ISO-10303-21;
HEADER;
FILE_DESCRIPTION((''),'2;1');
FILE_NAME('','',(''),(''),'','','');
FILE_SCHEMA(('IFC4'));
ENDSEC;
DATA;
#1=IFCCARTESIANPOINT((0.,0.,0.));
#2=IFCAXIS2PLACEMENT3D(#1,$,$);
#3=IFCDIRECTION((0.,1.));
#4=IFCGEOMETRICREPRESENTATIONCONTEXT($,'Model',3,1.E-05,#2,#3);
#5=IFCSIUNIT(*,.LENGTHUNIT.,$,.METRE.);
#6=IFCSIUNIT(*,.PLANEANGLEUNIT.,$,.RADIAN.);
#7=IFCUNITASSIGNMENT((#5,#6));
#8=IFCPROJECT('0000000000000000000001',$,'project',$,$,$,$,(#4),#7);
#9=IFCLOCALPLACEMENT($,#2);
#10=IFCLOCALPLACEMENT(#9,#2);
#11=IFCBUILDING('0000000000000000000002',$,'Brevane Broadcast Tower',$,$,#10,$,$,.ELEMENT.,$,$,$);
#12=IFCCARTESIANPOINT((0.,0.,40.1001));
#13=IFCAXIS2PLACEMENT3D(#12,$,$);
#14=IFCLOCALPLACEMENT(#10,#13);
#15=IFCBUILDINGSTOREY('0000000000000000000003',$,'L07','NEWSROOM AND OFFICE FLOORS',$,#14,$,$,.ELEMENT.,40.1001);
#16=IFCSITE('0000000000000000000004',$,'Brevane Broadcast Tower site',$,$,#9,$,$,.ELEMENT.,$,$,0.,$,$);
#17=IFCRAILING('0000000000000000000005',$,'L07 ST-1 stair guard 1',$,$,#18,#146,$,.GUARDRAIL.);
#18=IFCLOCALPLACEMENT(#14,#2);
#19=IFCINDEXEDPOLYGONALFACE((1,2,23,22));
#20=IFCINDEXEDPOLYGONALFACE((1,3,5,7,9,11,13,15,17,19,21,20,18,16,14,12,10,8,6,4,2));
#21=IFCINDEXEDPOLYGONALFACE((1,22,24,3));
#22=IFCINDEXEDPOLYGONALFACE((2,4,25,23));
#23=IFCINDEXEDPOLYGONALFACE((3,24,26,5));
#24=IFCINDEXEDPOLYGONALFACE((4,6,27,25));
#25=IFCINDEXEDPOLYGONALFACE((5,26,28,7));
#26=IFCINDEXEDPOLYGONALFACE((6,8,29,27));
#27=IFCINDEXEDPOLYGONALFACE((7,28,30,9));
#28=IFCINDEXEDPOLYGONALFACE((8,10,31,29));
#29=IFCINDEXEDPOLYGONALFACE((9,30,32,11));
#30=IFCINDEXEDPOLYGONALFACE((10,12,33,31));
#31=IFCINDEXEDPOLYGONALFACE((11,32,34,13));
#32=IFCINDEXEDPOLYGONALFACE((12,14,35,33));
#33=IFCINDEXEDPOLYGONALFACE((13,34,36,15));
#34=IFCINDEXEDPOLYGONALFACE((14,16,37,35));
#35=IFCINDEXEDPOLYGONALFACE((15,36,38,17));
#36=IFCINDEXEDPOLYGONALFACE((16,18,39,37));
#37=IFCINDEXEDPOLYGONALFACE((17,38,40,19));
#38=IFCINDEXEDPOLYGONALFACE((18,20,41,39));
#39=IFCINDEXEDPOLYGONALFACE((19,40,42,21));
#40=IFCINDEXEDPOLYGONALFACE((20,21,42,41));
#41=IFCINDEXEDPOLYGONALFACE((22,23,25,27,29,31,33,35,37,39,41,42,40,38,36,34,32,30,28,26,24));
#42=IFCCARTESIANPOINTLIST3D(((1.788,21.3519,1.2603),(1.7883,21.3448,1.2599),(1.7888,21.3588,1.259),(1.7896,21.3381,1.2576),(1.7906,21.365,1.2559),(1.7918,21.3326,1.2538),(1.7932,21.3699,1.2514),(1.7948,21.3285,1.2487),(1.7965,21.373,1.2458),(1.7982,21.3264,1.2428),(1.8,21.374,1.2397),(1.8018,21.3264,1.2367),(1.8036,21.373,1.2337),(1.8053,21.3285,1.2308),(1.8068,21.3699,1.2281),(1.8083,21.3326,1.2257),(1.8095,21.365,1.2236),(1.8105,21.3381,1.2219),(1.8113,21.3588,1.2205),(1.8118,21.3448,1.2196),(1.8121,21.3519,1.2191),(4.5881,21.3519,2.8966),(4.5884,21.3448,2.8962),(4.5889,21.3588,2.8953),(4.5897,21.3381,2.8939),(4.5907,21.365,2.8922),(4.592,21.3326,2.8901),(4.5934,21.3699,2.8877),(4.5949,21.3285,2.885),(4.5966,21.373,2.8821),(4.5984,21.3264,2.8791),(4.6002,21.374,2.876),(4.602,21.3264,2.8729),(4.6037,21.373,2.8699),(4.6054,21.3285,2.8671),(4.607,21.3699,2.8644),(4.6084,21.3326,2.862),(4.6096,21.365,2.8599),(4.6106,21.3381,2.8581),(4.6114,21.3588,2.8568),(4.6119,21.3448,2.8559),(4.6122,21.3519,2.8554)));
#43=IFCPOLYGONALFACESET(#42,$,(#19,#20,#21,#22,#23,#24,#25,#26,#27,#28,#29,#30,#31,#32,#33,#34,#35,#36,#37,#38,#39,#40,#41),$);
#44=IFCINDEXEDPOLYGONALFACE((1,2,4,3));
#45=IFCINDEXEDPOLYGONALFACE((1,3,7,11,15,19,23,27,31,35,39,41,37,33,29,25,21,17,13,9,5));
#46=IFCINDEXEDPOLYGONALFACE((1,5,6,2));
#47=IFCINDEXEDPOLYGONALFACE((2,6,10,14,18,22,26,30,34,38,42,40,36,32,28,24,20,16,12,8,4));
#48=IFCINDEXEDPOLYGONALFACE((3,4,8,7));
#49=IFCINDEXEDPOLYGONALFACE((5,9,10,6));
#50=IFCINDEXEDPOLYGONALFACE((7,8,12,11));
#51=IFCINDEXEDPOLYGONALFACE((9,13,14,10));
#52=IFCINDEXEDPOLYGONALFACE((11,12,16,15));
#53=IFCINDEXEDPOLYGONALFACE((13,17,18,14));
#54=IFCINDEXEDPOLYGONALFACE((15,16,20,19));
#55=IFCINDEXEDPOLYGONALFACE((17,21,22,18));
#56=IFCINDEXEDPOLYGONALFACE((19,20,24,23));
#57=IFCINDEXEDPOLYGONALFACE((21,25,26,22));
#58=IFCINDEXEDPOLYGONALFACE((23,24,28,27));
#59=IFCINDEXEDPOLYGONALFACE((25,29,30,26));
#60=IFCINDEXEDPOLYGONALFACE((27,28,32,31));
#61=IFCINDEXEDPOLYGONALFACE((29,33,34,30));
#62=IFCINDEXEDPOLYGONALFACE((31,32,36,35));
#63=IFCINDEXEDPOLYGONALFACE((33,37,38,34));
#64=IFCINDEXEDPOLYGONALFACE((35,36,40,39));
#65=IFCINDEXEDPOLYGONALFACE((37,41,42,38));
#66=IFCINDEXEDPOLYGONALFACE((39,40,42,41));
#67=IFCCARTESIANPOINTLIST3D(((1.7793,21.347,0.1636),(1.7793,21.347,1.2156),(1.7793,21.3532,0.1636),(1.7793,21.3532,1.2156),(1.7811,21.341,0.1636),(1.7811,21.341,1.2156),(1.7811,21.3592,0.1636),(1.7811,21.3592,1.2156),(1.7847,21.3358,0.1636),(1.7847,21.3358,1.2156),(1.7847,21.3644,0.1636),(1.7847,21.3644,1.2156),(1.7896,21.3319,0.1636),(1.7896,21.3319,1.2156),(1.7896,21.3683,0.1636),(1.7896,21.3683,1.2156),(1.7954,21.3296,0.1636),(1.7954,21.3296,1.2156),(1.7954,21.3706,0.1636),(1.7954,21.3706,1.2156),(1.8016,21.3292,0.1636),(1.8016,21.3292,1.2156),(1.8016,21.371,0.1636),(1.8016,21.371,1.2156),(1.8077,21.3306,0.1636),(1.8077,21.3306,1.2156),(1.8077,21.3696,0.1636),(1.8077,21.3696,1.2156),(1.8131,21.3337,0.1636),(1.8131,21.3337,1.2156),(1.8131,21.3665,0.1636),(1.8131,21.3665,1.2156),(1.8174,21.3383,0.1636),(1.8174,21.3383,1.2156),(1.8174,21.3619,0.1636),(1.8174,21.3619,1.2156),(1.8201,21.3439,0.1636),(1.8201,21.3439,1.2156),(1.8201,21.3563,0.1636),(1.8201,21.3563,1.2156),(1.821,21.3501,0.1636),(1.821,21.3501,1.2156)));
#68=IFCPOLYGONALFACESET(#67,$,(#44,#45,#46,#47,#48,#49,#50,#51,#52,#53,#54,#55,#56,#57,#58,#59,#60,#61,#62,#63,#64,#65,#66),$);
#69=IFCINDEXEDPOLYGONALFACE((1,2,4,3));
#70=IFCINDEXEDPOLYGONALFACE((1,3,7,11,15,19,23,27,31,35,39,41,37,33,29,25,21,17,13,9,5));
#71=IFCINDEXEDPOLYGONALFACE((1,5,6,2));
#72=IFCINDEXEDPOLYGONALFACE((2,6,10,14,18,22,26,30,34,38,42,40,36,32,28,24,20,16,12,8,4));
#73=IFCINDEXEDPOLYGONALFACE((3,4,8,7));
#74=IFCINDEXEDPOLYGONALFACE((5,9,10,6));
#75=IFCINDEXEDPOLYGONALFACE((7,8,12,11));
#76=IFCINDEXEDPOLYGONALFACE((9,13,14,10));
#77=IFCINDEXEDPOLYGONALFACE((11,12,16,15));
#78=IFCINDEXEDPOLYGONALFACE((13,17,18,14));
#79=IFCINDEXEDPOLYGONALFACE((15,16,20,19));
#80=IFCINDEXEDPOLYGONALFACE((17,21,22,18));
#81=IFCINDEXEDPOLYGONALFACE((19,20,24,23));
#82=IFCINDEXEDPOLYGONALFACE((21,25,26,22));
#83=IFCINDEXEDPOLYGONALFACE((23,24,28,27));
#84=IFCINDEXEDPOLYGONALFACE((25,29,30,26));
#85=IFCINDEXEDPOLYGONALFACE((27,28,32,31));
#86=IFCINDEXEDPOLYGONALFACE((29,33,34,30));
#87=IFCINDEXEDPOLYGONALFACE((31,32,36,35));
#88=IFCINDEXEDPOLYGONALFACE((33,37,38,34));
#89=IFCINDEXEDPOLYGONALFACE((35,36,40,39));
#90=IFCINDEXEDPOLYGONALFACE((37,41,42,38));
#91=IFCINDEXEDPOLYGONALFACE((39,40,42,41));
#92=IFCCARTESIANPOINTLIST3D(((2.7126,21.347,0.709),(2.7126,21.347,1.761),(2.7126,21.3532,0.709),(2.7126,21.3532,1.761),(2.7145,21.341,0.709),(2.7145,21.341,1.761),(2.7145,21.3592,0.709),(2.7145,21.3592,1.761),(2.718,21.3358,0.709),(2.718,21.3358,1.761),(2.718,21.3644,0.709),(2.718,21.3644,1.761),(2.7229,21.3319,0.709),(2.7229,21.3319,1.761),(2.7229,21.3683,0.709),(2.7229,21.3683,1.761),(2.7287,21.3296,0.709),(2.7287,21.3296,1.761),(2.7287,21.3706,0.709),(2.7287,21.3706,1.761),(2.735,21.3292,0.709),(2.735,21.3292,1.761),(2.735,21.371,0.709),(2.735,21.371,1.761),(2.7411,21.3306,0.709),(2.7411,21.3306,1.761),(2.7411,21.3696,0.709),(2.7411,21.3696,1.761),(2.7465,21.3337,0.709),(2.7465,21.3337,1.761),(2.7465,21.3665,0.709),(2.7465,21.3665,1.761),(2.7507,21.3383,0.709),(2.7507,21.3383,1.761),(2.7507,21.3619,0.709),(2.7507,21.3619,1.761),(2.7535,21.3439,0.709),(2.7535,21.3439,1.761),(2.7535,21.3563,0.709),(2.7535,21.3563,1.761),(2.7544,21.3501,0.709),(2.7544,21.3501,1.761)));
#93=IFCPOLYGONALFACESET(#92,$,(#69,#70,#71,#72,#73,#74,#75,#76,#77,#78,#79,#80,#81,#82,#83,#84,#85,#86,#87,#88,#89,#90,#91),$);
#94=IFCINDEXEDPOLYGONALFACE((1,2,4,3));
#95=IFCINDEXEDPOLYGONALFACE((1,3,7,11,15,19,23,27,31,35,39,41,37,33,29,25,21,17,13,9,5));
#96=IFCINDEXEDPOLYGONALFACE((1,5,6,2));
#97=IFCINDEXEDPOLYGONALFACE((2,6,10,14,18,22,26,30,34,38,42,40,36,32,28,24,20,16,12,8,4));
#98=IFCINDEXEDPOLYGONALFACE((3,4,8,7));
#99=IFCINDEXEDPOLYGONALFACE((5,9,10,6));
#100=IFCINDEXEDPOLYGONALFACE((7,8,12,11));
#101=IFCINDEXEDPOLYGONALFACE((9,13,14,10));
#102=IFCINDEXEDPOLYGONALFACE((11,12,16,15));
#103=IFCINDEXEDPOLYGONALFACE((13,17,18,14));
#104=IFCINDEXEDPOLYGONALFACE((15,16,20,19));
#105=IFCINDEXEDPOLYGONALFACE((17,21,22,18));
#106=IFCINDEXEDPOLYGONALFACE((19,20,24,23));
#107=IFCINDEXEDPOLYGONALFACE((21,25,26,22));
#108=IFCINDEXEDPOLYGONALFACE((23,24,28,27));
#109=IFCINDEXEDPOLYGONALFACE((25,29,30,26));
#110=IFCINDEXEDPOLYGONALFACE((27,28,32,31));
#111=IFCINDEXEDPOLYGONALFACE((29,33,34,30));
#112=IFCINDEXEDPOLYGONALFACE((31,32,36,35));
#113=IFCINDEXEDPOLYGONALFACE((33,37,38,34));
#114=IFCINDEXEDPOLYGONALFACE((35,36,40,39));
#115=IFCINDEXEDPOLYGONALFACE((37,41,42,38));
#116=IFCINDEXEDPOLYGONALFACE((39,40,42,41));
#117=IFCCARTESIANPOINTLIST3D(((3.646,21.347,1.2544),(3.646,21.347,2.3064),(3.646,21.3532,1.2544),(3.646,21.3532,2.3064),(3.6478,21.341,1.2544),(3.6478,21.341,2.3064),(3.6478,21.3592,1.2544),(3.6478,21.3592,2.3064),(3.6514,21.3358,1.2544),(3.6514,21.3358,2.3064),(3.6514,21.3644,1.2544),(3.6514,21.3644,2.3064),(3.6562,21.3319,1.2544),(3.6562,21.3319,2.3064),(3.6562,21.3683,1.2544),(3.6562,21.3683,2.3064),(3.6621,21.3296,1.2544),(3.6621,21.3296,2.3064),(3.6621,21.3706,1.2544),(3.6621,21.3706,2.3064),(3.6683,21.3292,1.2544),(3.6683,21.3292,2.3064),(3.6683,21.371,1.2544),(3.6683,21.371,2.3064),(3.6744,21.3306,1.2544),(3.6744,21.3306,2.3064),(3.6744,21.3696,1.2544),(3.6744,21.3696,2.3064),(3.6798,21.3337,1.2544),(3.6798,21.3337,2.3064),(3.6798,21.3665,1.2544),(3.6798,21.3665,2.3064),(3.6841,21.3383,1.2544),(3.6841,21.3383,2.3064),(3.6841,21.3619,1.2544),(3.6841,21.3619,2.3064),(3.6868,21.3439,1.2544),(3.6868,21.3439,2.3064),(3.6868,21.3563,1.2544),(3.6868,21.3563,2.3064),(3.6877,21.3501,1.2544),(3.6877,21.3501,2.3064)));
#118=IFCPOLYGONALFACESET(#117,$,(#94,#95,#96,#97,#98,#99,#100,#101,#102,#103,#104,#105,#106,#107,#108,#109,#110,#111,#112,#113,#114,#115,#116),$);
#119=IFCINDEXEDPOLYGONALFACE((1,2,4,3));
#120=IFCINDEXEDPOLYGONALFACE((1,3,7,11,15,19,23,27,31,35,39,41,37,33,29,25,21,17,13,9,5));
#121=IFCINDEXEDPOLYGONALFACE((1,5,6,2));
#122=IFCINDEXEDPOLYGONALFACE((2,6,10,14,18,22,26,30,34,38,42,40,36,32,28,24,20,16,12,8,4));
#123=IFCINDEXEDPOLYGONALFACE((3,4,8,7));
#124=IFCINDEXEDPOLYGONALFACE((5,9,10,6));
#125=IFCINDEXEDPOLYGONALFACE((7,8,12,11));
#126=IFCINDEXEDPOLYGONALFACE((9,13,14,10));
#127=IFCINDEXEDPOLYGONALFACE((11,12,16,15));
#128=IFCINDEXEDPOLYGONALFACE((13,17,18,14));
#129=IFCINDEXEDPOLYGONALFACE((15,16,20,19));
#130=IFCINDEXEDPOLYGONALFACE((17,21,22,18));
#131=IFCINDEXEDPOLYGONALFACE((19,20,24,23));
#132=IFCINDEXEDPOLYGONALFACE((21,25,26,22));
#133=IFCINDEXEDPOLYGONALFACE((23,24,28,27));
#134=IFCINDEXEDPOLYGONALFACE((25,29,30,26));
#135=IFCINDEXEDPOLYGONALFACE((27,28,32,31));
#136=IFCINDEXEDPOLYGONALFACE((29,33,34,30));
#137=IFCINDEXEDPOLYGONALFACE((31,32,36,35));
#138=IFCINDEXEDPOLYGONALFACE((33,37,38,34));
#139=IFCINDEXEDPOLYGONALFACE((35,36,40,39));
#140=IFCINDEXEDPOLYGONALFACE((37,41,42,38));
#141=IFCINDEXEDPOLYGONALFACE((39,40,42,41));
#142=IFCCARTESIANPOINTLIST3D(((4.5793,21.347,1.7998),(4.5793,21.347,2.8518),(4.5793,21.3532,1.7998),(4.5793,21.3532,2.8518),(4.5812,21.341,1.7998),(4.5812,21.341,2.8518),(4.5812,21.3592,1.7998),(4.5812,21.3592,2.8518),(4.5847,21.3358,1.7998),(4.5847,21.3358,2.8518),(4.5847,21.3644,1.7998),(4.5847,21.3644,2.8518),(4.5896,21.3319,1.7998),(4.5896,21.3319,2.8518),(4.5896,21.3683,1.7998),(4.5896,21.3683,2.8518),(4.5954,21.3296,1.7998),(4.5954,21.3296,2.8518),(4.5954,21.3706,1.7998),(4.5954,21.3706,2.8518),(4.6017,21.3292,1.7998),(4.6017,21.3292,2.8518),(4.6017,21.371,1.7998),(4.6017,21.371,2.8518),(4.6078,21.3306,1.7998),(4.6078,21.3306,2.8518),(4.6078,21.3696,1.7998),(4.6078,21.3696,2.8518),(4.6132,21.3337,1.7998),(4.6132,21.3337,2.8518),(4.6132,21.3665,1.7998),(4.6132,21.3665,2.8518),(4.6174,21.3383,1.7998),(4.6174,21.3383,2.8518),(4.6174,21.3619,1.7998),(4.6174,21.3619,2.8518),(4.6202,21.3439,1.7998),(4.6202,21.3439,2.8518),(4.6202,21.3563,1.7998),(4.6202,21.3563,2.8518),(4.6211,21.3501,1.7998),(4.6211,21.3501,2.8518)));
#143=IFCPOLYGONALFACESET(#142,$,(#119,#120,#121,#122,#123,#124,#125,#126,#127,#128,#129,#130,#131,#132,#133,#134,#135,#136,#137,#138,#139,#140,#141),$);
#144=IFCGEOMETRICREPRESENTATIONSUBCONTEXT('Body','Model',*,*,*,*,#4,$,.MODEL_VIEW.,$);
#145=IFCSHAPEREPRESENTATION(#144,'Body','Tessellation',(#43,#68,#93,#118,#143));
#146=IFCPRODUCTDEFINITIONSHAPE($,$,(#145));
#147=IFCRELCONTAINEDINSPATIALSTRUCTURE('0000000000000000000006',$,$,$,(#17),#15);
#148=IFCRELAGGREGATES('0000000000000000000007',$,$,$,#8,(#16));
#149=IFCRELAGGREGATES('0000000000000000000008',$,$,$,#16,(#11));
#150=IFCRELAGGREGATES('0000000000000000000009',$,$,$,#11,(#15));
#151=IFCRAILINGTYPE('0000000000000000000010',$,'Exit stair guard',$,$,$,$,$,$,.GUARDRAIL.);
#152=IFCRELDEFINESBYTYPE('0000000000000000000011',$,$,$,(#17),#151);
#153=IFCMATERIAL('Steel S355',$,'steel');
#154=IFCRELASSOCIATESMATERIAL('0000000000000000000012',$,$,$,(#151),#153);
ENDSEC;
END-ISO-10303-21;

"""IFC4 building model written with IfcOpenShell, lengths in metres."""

from ifc_helpers import new_model, si_unit, direction, frame, origin, origin_2d, place, context, subcontext, project, spatial, circle, extrude, material, type_object, element, save


model = new_model("IFC4")

# Units and contexts
model_context = context("Model", 3, precision=1e-05, world=origin(), true_north=direction((0.0, 1.0)))
body_context = subcontext(model_context, "Body", "Model", "MODEL_VIEW")
ifc_project = project(units=[si_unit("LENGTHUNIT", "METRE"), si_unit("PLANEANGLEUNIT", "RADIAN")], contexts=[model_context])

# Site, building, storey
site_placement = place(None, origin())
site = spatial("IfcSite", under=ifc_project, at=site_placement, Name="Brevane Broadcast Tower site", CompositionType="ELEMENT", RefElevation=0.0)
building_placement = place(site_placement, origin())
building = spatial("IfcBuilding", under=site, at=building_placement, Name="Brevane Broadcast Tower", CompositionType="ELEMENT")
storey_placement = place(building_placement, frame((0.0, 0.0, 40.1001)))
storey = spatial("IfcBuildingStorey", under=building, at=storey_placement, Name="L07", Description="NEWSROOM AND OFFICE FLOORS", CompositionType="ELEMENT", Elevation=40.1001)

# Railing
ifc_material_1 = material(Name="Steel S355", Category="steel")
railing_type_1 = type_object("IfcRailingType", Name="Exit stair guard", PredefinedType="GUARDRAIL", material=ifc_material_1)
railing_1_placement = place(storey_placement, frame((1.8, 21.3501, 0.1636)))
element("IfcRailing", 1, at=railing_1_placement, inside=storey, type_object=railing_type_1, Name="L07 ST-1 stair guard 1", PredefinedType="GUARDRAIL", context=body_context, shape_type="SweptSolid", body=[
    extrude(circle(Radius=0.0239, at=origin_2d()), frame((0.0, 0.0, 1.0762), z_axis=(0.863394, 0.0, 0.504531), x_axis=(0.0, 1.0, 0.0)), (0.0, 0.0, 1.0), 3.2432),
    extrude(circle(Radius=0.021, at=origin_2d()), origin(), (0.0, 0.0, 1.0), 1.052),
    extrude(circle(Radius=0.021, at=origin_2d()), frame((0.9333, 0.0, 0.5454)), (0.0, 0.0, 1.0), 1.052),
    extrude(circle(Radius=0.021, at=origin_2d()), frame((1.8667, 0.0, 1.0908)), (0.0, 0.0, 1.0), 1.052),
    extrude(circle(Radius=0.021, at=origin_2d()), frame((2.8, 0.0, 1.6362)), (0.0, 0.0, 1.0), 1.052),
])

save(model, "model.ifc")
